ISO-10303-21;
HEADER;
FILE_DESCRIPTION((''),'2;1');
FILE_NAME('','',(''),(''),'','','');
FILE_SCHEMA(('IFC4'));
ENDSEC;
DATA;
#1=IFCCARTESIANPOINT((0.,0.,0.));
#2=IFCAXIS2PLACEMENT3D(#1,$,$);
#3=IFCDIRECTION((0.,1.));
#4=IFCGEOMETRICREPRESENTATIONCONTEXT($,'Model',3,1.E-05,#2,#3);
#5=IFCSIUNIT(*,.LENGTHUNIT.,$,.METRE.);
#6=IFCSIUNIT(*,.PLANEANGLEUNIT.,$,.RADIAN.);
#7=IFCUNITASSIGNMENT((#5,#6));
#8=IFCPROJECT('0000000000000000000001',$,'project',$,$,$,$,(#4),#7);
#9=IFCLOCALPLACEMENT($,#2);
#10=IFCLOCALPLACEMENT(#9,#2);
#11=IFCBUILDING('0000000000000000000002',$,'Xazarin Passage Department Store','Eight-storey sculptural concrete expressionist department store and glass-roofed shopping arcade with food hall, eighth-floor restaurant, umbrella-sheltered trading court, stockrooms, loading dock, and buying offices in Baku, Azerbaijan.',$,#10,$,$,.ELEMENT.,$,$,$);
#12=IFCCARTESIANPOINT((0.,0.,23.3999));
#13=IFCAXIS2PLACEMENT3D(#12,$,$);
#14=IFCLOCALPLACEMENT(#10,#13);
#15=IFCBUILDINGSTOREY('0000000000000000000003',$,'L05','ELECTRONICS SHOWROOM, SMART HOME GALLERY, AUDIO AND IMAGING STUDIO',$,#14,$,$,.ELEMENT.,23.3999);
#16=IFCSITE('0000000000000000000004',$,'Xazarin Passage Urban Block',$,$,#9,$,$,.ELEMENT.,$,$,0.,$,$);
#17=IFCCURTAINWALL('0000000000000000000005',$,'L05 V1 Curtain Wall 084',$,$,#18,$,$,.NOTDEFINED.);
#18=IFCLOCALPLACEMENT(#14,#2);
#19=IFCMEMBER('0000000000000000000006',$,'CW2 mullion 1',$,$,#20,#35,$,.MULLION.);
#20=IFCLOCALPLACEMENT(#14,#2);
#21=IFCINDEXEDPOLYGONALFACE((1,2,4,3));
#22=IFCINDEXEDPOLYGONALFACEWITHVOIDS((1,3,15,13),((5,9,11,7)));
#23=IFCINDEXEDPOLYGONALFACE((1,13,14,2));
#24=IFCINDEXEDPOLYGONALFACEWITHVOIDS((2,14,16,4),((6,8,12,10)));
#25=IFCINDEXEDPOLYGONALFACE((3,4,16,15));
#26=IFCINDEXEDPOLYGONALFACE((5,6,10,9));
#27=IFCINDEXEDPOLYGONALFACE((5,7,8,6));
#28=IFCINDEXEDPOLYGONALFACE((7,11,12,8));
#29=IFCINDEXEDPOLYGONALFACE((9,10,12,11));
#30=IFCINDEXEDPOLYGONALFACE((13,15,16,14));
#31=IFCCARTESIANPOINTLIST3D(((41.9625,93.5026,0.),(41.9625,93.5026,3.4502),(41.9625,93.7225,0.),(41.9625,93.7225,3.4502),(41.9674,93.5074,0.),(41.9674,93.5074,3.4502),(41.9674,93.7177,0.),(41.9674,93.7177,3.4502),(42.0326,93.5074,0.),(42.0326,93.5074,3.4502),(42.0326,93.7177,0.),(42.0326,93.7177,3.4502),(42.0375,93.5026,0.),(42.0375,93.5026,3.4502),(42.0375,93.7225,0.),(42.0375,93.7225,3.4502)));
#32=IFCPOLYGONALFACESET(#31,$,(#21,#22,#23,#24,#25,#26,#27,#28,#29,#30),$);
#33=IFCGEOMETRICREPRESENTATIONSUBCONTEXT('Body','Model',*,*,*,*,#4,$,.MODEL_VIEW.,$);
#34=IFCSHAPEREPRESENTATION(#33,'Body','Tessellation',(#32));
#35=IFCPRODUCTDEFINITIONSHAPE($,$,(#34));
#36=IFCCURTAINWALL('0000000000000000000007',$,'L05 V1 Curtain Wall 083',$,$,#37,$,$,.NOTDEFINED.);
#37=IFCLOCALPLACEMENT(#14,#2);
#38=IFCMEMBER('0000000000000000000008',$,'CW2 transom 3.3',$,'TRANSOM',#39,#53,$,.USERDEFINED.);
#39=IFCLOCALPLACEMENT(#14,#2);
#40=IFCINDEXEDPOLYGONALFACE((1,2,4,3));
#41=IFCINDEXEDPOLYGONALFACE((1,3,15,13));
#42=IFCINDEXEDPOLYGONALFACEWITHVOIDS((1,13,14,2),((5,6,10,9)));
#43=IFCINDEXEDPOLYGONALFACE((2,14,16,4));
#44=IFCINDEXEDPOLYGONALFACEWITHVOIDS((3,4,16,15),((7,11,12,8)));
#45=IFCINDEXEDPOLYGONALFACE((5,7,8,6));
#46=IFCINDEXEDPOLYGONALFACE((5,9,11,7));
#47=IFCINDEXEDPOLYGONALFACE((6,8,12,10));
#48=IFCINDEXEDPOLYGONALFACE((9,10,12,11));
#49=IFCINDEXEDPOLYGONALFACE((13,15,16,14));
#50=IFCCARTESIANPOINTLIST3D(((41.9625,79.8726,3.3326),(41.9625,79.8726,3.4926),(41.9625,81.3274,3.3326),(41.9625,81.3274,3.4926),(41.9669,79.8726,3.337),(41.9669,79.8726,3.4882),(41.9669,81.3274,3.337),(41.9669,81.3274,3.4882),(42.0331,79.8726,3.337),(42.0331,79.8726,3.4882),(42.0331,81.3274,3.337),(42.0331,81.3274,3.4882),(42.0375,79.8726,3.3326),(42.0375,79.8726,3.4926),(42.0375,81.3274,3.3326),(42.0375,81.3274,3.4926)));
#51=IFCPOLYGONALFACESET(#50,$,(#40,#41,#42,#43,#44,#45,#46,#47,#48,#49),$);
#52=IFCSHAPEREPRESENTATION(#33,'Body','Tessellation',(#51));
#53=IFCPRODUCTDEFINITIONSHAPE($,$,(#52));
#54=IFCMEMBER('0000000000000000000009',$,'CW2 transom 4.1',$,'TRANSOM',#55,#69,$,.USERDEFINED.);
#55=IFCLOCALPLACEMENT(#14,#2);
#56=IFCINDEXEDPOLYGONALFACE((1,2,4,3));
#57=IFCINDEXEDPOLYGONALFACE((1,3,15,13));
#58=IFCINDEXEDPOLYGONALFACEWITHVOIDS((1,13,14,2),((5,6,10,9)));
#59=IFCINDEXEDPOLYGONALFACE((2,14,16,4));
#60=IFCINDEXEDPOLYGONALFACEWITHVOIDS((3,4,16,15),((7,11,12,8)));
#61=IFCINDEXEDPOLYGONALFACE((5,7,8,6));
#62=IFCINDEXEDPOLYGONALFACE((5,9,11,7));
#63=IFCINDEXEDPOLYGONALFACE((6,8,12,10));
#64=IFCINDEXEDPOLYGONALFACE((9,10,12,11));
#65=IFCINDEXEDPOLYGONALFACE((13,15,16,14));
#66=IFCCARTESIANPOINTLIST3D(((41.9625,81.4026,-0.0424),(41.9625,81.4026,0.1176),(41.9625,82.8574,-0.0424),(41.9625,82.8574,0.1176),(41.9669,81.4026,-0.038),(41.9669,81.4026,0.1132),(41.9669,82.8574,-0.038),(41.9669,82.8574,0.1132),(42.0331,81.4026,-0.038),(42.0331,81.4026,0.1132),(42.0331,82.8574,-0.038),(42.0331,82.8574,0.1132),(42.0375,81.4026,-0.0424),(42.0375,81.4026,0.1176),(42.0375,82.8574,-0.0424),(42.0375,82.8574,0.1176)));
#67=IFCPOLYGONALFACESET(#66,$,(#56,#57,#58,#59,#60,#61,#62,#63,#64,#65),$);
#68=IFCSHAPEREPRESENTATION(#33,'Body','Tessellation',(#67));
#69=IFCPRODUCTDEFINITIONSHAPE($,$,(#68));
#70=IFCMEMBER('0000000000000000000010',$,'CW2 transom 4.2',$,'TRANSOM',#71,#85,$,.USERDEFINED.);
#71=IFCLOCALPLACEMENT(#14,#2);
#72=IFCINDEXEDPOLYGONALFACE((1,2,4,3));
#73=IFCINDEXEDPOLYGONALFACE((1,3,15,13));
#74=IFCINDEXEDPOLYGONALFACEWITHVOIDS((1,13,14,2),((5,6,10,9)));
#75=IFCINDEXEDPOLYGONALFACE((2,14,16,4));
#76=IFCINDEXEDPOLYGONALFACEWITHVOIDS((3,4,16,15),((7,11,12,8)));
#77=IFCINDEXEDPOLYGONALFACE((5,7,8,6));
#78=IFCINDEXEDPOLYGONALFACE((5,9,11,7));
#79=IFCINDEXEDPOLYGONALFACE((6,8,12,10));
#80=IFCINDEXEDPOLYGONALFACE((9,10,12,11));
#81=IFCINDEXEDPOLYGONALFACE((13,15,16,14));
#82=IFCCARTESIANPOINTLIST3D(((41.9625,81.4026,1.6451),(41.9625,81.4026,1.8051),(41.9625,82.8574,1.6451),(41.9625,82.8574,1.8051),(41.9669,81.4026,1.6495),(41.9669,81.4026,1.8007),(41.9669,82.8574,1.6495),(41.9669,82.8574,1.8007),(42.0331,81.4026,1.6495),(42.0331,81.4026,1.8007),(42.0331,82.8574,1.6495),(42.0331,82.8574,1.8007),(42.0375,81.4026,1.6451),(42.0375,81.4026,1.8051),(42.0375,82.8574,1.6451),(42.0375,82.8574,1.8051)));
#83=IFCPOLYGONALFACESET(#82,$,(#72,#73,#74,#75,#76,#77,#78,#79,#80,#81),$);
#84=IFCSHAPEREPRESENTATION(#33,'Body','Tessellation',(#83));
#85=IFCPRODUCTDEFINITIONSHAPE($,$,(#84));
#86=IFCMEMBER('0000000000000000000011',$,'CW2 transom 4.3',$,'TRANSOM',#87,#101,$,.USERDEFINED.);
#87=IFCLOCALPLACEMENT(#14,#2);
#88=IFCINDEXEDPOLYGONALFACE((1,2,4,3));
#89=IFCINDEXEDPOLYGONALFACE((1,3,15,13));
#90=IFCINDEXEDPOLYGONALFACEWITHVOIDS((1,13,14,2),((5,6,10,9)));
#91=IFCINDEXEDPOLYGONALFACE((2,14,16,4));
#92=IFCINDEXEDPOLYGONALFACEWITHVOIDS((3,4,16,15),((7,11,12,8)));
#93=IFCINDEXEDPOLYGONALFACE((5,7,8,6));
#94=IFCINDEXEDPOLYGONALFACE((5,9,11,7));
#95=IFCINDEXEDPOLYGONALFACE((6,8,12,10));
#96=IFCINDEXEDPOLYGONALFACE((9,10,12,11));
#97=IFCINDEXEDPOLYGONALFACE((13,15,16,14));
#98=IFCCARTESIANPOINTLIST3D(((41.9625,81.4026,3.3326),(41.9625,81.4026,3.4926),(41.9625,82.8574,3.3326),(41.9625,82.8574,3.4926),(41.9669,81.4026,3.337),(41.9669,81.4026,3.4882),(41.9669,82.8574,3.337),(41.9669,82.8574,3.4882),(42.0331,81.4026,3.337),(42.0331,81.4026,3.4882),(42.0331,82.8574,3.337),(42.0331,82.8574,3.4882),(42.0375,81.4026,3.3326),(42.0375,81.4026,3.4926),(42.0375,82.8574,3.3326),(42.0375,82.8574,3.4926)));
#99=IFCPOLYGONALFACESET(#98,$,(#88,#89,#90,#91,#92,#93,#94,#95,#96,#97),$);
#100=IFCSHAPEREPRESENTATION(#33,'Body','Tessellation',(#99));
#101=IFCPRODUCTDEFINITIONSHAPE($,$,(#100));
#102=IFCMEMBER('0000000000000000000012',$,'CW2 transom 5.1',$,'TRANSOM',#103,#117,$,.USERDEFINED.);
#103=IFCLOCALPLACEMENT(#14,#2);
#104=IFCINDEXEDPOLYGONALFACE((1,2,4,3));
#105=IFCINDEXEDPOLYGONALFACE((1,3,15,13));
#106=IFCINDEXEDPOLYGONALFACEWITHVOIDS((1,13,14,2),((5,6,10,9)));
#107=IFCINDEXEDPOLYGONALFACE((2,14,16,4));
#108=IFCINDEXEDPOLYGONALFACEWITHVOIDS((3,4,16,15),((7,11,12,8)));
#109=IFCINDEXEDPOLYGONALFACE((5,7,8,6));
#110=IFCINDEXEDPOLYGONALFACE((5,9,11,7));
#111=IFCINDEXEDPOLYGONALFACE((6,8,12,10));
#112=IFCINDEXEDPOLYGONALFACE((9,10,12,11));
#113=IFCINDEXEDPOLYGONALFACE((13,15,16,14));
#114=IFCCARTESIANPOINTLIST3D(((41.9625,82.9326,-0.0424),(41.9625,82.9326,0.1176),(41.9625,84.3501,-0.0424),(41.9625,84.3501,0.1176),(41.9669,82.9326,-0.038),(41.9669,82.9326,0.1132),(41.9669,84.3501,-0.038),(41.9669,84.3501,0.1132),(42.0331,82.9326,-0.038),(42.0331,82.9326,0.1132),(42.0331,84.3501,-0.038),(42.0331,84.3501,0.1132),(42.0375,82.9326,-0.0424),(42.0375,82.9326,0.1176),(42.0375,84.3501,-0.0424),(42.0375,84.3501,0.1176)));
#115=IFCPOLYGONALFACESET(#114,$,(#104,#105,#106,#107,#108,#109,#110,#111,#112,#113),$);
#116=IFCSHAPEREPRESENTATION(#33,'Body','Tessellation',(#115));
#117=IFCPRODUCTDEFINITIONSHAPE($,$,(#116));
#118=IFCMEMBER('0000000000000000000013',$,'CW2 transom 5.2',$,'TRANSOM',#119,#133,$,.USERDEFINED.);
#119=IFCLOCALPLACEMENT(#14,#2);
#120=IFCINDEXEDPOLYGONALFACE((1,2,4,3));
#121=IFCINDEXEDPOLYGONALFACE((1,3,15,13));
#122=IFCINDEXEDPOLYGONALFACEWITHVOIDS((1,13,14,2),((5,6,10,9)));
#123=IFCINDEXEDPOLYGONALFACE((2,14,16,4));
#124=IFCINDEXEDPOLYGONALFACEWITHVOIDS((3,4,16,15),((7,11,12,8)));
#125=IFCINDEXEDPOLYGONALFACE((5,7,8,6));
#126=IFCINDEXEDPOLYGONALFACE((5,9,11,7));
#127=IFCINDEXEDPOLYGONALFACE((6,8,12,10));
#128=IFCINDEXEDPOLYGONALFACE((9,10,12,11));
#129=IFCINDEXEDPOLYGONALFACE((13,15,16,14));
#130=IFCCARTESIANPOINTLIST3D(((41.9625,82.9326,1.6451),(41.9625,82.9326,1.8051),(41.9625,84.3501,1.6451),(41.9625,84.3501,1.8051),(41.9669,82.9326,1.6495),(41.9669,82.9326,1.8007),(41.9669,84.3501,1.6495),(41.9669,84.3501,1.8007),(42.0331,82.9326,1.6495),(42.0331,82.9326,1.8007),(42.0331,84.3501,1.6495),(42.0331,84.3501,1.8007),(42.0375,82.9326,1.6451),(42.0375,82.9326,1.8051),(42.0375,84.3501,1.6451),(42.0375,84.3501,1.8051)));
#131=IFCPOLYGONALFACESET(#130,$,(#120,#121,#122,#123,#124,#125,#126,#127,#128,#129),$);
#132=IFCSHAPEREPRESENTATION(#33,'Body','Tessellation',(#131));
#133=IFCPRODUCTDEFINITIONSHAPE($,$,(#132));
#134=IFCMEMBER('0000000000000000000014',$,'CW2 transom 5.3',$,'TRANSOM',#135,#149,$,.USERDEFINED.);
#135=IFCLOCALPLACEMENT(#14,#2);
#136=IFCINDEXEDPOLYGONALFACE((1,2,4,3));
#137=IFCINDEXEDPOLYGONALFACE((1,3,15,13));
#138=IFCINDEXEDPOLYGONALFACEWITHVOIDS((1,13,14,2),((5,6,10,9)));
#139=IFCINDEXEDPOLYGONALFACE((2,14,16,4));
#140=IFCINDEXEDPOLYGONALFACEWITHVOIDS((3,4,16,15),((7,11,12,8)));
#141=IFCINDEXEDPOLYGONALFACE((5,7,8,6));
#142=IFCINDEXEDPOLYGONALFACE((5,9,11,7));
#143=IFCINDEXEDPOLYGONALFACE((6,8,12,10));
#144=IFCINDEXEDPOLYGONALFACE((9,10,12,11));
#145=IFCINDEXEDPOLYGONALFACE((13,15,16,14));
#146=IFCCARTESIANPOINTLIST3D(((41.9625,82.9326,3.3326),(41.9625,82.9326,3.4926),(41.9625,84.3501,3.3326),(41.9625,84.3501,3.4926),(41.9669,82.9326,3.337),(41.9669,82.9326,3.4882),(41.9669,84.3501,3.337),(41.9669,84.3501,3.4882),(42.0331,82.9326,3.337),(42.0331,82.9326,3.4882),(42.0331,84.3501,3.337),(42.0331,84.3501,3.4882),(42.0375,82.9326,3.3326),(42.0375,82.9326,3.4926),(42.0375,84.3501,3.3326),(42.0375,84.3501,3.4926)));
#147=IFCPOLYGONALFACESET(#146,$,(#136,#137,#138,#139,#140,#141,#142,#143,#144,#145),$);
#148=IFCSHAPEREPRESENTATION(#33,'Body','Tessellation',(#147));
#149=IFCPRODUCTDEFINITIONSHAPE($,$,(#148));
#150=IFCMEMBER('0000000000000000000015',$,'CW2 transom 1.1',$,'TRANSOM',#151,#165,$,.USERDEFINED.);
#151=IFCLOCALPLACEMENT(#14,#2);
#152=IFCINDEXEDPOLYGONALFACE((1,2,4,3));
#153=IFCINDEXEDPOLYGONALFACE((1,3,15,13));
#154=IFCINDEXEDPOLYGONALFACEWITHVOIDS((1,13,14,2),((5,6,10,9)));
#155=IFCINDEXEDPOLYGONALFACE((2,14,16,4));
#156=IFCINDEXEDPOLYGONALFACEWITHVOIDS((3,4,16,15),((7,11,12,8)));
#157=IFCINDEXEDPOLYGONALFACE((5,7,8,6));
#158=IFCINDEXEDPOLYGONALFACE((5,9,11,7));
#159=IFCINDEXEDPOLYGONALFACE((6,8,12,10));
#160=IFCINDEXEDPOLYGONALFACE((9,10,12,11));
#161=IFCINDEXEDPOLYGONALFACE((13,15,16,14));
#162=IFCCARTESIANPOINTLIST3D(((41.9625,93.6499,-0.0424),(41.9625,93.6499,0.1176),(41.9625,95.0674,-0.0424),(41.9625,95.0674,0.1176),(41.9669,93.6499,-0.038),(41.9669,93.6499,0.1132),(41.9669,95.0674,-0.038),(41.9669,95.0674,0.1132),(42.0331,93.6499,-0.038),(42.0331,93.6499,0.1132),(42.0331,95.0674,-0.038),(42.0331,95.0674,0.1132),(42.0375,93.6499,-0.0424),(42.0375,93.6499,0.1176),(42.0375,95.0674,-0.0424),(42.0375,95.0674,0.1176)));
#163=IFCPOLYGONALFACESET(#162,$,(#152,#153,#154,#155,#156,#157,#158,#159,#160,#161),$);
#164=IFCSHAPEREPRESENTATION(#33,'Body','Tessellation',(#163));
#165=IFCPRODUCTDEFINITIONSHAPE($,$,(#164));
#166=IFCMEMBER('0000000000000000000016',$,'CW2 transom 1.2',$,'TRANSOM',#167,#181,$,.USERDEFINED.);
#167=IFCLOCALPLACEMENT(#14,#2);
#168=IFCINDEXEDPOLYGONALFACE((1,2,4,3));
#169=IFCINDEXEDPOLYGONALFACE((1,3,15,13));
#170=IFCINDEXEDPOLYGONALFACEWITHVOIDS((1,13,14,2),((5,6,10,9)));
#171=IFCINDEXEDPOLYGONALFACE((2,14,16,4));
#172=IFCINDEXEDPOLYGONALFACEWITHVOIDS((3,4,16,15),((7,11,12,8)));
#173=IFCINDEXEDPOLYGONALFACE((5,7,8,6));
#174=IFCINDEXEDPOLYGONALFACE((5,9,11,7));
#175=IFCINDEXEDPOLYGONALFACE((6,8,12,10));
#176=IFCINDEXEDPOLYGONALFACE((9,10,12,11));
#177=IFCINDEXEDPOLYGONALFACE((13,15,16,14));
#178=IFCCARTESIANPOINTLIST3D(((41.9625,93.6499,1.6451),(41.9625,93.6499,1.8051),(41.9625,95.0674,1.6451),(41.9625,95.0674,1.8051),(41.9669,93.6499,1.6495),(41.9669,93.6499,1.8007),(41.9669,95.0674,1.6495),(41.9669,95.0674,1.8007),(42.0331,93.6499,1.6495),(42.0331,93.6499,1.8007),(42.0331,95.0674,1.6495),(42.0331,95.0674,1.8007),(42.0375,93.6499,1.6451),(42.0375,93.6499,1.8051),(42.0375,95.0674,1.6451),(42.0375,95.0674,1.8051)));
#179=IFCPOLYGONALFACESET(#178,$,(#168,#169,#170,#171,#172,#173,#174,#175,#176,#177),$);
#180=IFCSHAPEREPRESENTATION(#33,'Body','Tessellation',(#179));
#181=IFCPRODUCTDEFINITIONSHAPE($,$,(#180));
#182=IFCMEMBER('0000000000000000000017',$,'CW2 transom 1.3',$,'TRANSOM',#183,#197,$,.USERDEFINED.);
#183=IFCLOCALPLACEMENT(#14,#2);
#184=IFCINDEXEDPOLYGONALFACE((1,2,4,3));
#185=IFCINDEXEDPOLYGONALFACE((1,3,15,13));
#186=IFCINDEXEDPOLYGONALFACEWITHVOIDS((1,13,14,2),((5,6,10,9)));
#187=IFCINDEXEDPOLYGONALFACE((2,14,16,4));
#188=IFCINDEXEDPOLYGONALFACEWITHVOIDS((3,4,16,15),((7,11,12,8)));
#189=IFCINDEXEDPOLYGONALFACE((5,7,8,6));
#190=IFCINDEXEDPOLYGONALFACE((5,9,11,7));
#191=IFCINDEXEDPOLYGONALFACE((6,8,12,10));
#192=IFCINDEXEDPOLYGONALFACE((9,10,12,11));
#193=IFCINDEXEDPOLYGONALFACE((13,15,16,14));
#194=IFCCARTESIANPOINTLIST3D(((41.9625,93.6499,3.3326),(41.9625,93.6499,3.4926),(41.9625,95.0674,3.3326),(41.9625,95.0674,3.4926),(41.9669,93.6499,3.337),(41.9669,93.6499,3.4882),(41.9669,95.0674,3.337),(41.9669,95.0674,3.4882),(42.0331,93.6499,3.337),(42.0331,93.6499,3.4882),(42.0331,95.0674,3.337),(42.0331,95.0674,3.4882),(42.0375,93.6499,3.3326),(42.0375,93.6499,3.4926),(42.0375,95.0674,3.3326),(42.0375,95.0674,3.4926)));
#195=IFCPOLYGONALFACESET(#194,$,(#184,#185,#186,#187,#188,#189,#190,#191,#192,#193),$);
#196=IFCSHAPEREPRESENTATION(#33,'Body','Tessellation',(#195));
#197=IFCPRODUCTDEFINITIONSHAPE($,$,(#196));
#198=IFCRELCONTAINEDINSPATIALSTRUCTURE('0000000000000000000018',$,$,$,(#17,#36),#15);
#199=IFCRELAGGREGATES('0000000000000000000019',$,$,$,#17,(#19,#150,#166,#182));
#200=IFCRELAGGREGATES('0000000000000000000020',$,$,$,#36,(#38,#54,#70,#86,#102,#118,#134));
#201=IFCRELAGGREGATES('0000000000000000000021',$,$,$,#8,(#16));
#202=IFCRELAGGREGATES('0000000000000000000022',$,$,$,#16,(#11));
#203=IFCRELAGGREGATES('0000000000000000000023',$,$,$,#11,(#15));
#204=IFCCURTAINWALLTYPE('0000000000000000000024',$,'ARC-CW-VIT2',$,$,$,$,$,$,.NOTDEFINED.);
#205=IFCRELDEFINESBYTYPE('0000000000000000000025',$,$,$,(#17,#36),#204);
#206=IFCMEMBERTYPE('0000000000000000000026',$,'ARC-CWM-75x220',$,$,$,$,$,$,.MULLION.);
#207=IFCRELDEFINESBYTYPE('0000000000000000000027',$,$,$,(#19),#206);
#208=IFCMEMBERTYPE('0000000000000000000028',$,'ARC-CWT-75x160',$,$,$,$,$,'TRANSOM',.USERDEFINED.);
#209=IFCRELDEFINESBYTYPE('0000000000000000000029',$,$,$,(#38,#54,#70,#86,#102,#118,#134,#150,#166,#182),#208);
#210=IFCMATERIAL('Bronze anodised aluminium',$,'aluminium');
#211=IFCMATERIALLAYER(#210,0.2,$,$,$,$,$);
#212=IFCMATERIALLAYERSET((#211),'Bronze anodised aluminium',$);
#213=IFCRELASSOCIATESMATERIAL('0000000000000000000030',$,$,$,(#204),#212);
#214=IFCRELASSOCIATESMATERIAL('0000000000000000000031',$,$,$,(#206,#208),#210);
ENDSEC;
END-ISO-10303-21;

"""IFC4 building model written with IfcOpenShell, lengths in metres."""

from ifc_helpers import new_model, si_unit, direction, frame, origin, origin_2d, place, context, subcontext, project, spatial, hollow_rectangle, extrude, material, layer, layer_set, material_profile, profile_set, type_object, element, aggregate, save


model = new_model("IFC4")

# Units and contexts
model_context = context("Model", 3, precision=1e-05, world=origin(), true_north=direction((0.0, 1.0)))
body_context = subcontext(model_context, "Body", "Model", "MODEL_VIEW")
ifc_project = project(units=[si_unit("LENGTHUNIT", "METRE"), si_unit("PLANEANGLEUNIT", "RADIAN")], contexts=[model_context])

# Site, building, storey
site_placement = place(None, origin())
site = spatial("IfcSite", under=ifc_project, at=site_placement, Name="Xazarin Passage Urban Block", CompositionType="ELEMENT", RefElevation=0.0)
building_placement = place(site_placement, origin())
building = spatial("IfcBuilding", under=site, at=building_placement, Name="Xazarin Passage Department Store", Description="Eight-storey sculptural concrete expressionist department store and glass-roofed shopping arcade with food hall, eighth-floor restaurant, umbrella-sheltered trading court, stockrooms, loading dock, and buying offices in Baku, Azerbaijan.", CompositionType="ELEMENT")
storey_placement = place(building_placement, frame((0.0, 0.0, 23.3999)))
storey = spatial("IfcBuildingStorey", under=building, at=storey_placement, Name="L05", Description="ELECTRONICS SHOWROOM, SMART HOME GALLERY, AUDIO AND IMAGING STUDIO", CompositionType="ELEMENT", Elevation=23.3999)

# Curtain wall, member
ifc_material_1 = material(Name="Bronze anodised aluminium", Category="aluminium")
ifc_layer_1 = layer(ifc_material_1, 0.2)
ifc_layer_set_1 = layer_set([ifc_layer_1], Name="Bronze anodised aluminium")
curtain_wall_type = type_object("IfcCurtainWallType", Name="ARC-CW-VIT2", PredefinedType="NOTDEFINED", material=ifc_layer_set_1)
curtain_wall_1_placement = place(storey_placement, origin())
curtain_wall_1 = element("IfcCurtainWall", 1, at=curtain_wall_1_placement, inside=storey, type_object=curtain_wall_type, Name="L05 V1 Curtain Wall 084", PredefinedType="NOTDEFINED")
ifc_material_profile_1 = material_profile(ifc_material_1, hollow_rectangle(XDim=0.075, YDim=0.22, WallThickness=0.0049, at=origin_2d()), Name="ALU 75x220")
ifc_profile_set_1 = profile_set([ifc_material_profile_1], Name="Bronze anodised aluminium")
member_type_1 = type_object("IfcMemberType", Name="ARC-CWM-75x220", PredefinedType="MULLION", material=ifc_profile_set_1)
member_1_placement = place(storey_placement, frame((42.0, 93.6125, 0.0), z_axis=(0.0, 0.0, 1.0), x_axis=(-1.0, 0.0, 0.0)))
member_1 = element("IfcMember", 2, at=member_1_placement, type_object=member_type_1, Name="CW2 mullion 1", PredefinedType="MULLION", context=body_context, shape_type="SweptSolid", body=[
    extrude(hollow_rectangle(XDim=0.075, YDim=0.22, WallThickness=0.0049, at=origin_2d()), origin(), (0.0, 0.0, 1.0), 3.4502),
])

# Curtain wall, members
curtain_wall_2_placement = place(storey_placement, origin())
curtain_wall_2 = element("IfcCurtainWall", 3, at=curtain_wall_2_placement, inside=storey, type_object=curtain_wall_type, Name="L05 V1 Curtain Wall 083", PredefinedType="NOTDEFINED")
ifc_material_profile_2 = material_profile(ifc_material_1, hollow_rectangle(XDim=0.075, YDim=0.1599, WallThickness=0.0044, at=origin_2d()), Name="ALU 75x160")
ifc_profile_set_2 = profile_set([ifc_material_profile_2], Name="Bronze anodised aluminium")
member_type_2 = type_object("IfcMemberType", Name="ARC-CWT-75x160", ElementType="TRANSOM", PredefinedType="USERDEFINED", material=ifc_profile_set_2)
member_2_placement = place(storey_placement, frame((42.0, 79.8726, 3.4126), z_axis=(0.0, 1.0, 0.0), x_axis=(-1.0, 0.0, 0.0)))
member_2 = element("IfcMember", 4, at=member_2_placement, type_object=member_type_2, Name="CW2 transom 3.3", ObjectType="TRANSOM", PredefinedType="USERDEFINED", context=body_context, shape_type="SweptSolid", body=[
    extrude(hollow_rectangle(XDim=0.075, YDim=0.1599, WallThickness=0.0044, at=origin_2d()), origin(), (0.0, 0.0, 1.0), 1.4548),
])
member_3_placement = place(storey_placement, frame((42.0, 81.4026, 0.0376), z_axis=(0.0, 1.0, 0.0), x_axis=(-1.0, 0.0, 0.0)))
member_3 = element("IfcMember", 5, at=member_3_placement, type_object=member_type_2, Name="CW2 transom 4.1", ObjectType="TRANSOM", PredefinedType="USERDEFINED", context=body_context, shape_type="SweptSolid", body=[
    extrude(hollow_rectangle(XDim=0.075, YDim=0.1599, WallThickness=0.0044, at=origin_2d()), origin(), (0.0, 0.0, 1.0), 1.4548),
])
member_4_placement = place(storey_placement, frame((42.0, 81.4026, 1.7251), z_axis=(0.0, 1.0, 0.0), x_axis=(-1.0, 0.0, 0.0)))
member_4 = element("IfcMember", 6, at=member_4_placement, type_object=member_type_2, Name="CW2 transom 4.2", ObjectType="TRANSOM", PredefinedType="USERDEFINED", context=body_context, shape_type="SweptSolid", body=[
    extrude(hollow_rectangle(XDim=0.075, YDim=0.1599, WallThickness=0.0044, at=origin_2d()), origin(), (0.0, 0.0, 1.0), 1.4548),
])
member_5_placement = place(storey_placement, frame((42.0, 81.4026, 3.4126), z_axis=(0.0, 1.0, 0.0), x_axis=(-1.0, 0.0, 0.0)))
member_5 = element("IfcMember", 7, at=member_5_placement, type_object=member_type_2, Name="CW2 transom 4.3", ObjectType="TRANSOM", PredefinedType="USERDEFINED", context=body_context, shape_type="SweptSolid", body=[
    extrude(hollow_rectangle(XDim=0.075, YDim=0.1599, WallThickness=0.0044, at=origin_2d()), origin(), (0.0, 0.0, 1.0), 1.4548),
])
member_6_placement = place(storey_placement, frame((42.0, 82.9326, 0.0376), z_axis=(0.0, 1.0, 0.0), x_axis=(-1.0, 0.0, 0.0)))
member_6 = element("IfcMember", 8, at=member_6_placement, type_object=member_type_2, Name="CW2 transom 5.1", ObjectType="TRANSOM", PredefinedType="USERDEFINED", context=body_context, shape_type="SweptSolid", body=[
    extrude(hollow_rectangle(XDim=0.075, YDim=0.1599, WallThickness=0.0044, at=origin_2d()), origin(), (0.0, 0.0, 1.0), 1.4175),
])
member_7_placement = place(storey_placement, frame((42.0, 82.9326, 1.7251), z_axis=(0.0, 1.0, 0.0), x_axis=(-1.0, 0.0, 0.0)))
member_7 = element("IfcMember", 9, at=member_7_placement, type_object=member_type_2, Name="CW2 transom 5.2", ObjectType="TRANSOM", PredefinedType="USERDEFINED", context=body_context, shape_type="SweptSolid", body=[
    extrude(hollow_rectangle(XDim=0.075, YDim=0.1599, WallThickness=0.0044, at=origin_2d()), origin(), (0.0, 0.0, 1.0), 1.4175),
])
member_8_placement = place(storey_placement, frame((42.0, 82.9326, 3.4126), z_axis=(0.0, 1.0, 0.0), x_axis=(-1.0, 0.0, 0.0)))
member_8 = element("IfcMember", 10, at=member_8_placement, type_object=member_type_2, Name="CW2 transom 5.3", ObjectType="TRANSOM", PredefinedType="USERDEFINED", context=body_context, shape_type="SweptSolid", body=[
    extrude(hollow_rectangle(XDim=0.075, YDim=0.1599, WallThickness=0.0044, at=origin_2d()), origin(), (0.0, 0.0, 1.0), 1.4175),
])

# Members
member_9_placement = place(storey_placement, frame((42.0, 93.6499, 0.0376), z_axis=(0.0, 1.0, 0.0), x_axis=(-1.0, 0.0, 0.0)))
member_9 = element("IfcMember", 11, at=member_9_placement, type_object=member_type_2, Name="CW2 transom 1.1", ObjectType="TRANSOM", PredefinedType="USERDEFINED", context=body_context, shape_type="SweptSolid", body=[
    extrude(hollow_rectangle(XDim=0.075, YDim=0.1599, WallThickness=0.0044, at=origin_2d()), origin(), (0.0, 0.0, 1.0), 1.4175),
])
member_10_placement = place(storey_placement, frame((42.0, 93.6499, 1.7251), z_axis=(0.0, 1.0, 0.0), x_axis=(-1.0, 0.0, 0.0)))
member_10 = element("IfcMember", 12, at=member_10_placement, type_object=member_type_2, Name="CW2 transom 1.2", ObjectType="TRANSOM", PredefinedType="USERDEFINED", context=body_context, shape_type="SweptSolid", body=[
    extrude(hollow_rectangle(XDim=0.075, YDim=0.1599, WallThickness=0.0044, at=origin_2d()), origin(), (0.0, 0.0, 1.0), 1.4175),
])
member_11_placement = place(storey_placement, frame((42.0, 93.6499, 3.4126), z_axis=(0.0, 1.0, 0.0), x_axis=(-1.0, 0.0, 0.0)))
member_11 = element("IfcMember", 13, at=member_11_placement, type_object=member_type_2, Name="CW2 transom 1.3", ObjectType="TRANSOM", PredefinedType="USERDEFINED", context=body_context, shape_type="SweptSolid", body=[
    extrude(hollow_rectangle(XDim=0.075, YDim=0.1599, WallThickness=0.0044, at=origin_2d()), origin(), (0.0, 0.0, 1.0), 1.4175),
])
aggregate(curtain_wall_1, [member_1, member_9, member_10, member_11])

aggregate(curtain_wall_2, [member_2, member_3, member_4, member_5, member_6, member_7, member_8])

save(model, "model.ifc")
